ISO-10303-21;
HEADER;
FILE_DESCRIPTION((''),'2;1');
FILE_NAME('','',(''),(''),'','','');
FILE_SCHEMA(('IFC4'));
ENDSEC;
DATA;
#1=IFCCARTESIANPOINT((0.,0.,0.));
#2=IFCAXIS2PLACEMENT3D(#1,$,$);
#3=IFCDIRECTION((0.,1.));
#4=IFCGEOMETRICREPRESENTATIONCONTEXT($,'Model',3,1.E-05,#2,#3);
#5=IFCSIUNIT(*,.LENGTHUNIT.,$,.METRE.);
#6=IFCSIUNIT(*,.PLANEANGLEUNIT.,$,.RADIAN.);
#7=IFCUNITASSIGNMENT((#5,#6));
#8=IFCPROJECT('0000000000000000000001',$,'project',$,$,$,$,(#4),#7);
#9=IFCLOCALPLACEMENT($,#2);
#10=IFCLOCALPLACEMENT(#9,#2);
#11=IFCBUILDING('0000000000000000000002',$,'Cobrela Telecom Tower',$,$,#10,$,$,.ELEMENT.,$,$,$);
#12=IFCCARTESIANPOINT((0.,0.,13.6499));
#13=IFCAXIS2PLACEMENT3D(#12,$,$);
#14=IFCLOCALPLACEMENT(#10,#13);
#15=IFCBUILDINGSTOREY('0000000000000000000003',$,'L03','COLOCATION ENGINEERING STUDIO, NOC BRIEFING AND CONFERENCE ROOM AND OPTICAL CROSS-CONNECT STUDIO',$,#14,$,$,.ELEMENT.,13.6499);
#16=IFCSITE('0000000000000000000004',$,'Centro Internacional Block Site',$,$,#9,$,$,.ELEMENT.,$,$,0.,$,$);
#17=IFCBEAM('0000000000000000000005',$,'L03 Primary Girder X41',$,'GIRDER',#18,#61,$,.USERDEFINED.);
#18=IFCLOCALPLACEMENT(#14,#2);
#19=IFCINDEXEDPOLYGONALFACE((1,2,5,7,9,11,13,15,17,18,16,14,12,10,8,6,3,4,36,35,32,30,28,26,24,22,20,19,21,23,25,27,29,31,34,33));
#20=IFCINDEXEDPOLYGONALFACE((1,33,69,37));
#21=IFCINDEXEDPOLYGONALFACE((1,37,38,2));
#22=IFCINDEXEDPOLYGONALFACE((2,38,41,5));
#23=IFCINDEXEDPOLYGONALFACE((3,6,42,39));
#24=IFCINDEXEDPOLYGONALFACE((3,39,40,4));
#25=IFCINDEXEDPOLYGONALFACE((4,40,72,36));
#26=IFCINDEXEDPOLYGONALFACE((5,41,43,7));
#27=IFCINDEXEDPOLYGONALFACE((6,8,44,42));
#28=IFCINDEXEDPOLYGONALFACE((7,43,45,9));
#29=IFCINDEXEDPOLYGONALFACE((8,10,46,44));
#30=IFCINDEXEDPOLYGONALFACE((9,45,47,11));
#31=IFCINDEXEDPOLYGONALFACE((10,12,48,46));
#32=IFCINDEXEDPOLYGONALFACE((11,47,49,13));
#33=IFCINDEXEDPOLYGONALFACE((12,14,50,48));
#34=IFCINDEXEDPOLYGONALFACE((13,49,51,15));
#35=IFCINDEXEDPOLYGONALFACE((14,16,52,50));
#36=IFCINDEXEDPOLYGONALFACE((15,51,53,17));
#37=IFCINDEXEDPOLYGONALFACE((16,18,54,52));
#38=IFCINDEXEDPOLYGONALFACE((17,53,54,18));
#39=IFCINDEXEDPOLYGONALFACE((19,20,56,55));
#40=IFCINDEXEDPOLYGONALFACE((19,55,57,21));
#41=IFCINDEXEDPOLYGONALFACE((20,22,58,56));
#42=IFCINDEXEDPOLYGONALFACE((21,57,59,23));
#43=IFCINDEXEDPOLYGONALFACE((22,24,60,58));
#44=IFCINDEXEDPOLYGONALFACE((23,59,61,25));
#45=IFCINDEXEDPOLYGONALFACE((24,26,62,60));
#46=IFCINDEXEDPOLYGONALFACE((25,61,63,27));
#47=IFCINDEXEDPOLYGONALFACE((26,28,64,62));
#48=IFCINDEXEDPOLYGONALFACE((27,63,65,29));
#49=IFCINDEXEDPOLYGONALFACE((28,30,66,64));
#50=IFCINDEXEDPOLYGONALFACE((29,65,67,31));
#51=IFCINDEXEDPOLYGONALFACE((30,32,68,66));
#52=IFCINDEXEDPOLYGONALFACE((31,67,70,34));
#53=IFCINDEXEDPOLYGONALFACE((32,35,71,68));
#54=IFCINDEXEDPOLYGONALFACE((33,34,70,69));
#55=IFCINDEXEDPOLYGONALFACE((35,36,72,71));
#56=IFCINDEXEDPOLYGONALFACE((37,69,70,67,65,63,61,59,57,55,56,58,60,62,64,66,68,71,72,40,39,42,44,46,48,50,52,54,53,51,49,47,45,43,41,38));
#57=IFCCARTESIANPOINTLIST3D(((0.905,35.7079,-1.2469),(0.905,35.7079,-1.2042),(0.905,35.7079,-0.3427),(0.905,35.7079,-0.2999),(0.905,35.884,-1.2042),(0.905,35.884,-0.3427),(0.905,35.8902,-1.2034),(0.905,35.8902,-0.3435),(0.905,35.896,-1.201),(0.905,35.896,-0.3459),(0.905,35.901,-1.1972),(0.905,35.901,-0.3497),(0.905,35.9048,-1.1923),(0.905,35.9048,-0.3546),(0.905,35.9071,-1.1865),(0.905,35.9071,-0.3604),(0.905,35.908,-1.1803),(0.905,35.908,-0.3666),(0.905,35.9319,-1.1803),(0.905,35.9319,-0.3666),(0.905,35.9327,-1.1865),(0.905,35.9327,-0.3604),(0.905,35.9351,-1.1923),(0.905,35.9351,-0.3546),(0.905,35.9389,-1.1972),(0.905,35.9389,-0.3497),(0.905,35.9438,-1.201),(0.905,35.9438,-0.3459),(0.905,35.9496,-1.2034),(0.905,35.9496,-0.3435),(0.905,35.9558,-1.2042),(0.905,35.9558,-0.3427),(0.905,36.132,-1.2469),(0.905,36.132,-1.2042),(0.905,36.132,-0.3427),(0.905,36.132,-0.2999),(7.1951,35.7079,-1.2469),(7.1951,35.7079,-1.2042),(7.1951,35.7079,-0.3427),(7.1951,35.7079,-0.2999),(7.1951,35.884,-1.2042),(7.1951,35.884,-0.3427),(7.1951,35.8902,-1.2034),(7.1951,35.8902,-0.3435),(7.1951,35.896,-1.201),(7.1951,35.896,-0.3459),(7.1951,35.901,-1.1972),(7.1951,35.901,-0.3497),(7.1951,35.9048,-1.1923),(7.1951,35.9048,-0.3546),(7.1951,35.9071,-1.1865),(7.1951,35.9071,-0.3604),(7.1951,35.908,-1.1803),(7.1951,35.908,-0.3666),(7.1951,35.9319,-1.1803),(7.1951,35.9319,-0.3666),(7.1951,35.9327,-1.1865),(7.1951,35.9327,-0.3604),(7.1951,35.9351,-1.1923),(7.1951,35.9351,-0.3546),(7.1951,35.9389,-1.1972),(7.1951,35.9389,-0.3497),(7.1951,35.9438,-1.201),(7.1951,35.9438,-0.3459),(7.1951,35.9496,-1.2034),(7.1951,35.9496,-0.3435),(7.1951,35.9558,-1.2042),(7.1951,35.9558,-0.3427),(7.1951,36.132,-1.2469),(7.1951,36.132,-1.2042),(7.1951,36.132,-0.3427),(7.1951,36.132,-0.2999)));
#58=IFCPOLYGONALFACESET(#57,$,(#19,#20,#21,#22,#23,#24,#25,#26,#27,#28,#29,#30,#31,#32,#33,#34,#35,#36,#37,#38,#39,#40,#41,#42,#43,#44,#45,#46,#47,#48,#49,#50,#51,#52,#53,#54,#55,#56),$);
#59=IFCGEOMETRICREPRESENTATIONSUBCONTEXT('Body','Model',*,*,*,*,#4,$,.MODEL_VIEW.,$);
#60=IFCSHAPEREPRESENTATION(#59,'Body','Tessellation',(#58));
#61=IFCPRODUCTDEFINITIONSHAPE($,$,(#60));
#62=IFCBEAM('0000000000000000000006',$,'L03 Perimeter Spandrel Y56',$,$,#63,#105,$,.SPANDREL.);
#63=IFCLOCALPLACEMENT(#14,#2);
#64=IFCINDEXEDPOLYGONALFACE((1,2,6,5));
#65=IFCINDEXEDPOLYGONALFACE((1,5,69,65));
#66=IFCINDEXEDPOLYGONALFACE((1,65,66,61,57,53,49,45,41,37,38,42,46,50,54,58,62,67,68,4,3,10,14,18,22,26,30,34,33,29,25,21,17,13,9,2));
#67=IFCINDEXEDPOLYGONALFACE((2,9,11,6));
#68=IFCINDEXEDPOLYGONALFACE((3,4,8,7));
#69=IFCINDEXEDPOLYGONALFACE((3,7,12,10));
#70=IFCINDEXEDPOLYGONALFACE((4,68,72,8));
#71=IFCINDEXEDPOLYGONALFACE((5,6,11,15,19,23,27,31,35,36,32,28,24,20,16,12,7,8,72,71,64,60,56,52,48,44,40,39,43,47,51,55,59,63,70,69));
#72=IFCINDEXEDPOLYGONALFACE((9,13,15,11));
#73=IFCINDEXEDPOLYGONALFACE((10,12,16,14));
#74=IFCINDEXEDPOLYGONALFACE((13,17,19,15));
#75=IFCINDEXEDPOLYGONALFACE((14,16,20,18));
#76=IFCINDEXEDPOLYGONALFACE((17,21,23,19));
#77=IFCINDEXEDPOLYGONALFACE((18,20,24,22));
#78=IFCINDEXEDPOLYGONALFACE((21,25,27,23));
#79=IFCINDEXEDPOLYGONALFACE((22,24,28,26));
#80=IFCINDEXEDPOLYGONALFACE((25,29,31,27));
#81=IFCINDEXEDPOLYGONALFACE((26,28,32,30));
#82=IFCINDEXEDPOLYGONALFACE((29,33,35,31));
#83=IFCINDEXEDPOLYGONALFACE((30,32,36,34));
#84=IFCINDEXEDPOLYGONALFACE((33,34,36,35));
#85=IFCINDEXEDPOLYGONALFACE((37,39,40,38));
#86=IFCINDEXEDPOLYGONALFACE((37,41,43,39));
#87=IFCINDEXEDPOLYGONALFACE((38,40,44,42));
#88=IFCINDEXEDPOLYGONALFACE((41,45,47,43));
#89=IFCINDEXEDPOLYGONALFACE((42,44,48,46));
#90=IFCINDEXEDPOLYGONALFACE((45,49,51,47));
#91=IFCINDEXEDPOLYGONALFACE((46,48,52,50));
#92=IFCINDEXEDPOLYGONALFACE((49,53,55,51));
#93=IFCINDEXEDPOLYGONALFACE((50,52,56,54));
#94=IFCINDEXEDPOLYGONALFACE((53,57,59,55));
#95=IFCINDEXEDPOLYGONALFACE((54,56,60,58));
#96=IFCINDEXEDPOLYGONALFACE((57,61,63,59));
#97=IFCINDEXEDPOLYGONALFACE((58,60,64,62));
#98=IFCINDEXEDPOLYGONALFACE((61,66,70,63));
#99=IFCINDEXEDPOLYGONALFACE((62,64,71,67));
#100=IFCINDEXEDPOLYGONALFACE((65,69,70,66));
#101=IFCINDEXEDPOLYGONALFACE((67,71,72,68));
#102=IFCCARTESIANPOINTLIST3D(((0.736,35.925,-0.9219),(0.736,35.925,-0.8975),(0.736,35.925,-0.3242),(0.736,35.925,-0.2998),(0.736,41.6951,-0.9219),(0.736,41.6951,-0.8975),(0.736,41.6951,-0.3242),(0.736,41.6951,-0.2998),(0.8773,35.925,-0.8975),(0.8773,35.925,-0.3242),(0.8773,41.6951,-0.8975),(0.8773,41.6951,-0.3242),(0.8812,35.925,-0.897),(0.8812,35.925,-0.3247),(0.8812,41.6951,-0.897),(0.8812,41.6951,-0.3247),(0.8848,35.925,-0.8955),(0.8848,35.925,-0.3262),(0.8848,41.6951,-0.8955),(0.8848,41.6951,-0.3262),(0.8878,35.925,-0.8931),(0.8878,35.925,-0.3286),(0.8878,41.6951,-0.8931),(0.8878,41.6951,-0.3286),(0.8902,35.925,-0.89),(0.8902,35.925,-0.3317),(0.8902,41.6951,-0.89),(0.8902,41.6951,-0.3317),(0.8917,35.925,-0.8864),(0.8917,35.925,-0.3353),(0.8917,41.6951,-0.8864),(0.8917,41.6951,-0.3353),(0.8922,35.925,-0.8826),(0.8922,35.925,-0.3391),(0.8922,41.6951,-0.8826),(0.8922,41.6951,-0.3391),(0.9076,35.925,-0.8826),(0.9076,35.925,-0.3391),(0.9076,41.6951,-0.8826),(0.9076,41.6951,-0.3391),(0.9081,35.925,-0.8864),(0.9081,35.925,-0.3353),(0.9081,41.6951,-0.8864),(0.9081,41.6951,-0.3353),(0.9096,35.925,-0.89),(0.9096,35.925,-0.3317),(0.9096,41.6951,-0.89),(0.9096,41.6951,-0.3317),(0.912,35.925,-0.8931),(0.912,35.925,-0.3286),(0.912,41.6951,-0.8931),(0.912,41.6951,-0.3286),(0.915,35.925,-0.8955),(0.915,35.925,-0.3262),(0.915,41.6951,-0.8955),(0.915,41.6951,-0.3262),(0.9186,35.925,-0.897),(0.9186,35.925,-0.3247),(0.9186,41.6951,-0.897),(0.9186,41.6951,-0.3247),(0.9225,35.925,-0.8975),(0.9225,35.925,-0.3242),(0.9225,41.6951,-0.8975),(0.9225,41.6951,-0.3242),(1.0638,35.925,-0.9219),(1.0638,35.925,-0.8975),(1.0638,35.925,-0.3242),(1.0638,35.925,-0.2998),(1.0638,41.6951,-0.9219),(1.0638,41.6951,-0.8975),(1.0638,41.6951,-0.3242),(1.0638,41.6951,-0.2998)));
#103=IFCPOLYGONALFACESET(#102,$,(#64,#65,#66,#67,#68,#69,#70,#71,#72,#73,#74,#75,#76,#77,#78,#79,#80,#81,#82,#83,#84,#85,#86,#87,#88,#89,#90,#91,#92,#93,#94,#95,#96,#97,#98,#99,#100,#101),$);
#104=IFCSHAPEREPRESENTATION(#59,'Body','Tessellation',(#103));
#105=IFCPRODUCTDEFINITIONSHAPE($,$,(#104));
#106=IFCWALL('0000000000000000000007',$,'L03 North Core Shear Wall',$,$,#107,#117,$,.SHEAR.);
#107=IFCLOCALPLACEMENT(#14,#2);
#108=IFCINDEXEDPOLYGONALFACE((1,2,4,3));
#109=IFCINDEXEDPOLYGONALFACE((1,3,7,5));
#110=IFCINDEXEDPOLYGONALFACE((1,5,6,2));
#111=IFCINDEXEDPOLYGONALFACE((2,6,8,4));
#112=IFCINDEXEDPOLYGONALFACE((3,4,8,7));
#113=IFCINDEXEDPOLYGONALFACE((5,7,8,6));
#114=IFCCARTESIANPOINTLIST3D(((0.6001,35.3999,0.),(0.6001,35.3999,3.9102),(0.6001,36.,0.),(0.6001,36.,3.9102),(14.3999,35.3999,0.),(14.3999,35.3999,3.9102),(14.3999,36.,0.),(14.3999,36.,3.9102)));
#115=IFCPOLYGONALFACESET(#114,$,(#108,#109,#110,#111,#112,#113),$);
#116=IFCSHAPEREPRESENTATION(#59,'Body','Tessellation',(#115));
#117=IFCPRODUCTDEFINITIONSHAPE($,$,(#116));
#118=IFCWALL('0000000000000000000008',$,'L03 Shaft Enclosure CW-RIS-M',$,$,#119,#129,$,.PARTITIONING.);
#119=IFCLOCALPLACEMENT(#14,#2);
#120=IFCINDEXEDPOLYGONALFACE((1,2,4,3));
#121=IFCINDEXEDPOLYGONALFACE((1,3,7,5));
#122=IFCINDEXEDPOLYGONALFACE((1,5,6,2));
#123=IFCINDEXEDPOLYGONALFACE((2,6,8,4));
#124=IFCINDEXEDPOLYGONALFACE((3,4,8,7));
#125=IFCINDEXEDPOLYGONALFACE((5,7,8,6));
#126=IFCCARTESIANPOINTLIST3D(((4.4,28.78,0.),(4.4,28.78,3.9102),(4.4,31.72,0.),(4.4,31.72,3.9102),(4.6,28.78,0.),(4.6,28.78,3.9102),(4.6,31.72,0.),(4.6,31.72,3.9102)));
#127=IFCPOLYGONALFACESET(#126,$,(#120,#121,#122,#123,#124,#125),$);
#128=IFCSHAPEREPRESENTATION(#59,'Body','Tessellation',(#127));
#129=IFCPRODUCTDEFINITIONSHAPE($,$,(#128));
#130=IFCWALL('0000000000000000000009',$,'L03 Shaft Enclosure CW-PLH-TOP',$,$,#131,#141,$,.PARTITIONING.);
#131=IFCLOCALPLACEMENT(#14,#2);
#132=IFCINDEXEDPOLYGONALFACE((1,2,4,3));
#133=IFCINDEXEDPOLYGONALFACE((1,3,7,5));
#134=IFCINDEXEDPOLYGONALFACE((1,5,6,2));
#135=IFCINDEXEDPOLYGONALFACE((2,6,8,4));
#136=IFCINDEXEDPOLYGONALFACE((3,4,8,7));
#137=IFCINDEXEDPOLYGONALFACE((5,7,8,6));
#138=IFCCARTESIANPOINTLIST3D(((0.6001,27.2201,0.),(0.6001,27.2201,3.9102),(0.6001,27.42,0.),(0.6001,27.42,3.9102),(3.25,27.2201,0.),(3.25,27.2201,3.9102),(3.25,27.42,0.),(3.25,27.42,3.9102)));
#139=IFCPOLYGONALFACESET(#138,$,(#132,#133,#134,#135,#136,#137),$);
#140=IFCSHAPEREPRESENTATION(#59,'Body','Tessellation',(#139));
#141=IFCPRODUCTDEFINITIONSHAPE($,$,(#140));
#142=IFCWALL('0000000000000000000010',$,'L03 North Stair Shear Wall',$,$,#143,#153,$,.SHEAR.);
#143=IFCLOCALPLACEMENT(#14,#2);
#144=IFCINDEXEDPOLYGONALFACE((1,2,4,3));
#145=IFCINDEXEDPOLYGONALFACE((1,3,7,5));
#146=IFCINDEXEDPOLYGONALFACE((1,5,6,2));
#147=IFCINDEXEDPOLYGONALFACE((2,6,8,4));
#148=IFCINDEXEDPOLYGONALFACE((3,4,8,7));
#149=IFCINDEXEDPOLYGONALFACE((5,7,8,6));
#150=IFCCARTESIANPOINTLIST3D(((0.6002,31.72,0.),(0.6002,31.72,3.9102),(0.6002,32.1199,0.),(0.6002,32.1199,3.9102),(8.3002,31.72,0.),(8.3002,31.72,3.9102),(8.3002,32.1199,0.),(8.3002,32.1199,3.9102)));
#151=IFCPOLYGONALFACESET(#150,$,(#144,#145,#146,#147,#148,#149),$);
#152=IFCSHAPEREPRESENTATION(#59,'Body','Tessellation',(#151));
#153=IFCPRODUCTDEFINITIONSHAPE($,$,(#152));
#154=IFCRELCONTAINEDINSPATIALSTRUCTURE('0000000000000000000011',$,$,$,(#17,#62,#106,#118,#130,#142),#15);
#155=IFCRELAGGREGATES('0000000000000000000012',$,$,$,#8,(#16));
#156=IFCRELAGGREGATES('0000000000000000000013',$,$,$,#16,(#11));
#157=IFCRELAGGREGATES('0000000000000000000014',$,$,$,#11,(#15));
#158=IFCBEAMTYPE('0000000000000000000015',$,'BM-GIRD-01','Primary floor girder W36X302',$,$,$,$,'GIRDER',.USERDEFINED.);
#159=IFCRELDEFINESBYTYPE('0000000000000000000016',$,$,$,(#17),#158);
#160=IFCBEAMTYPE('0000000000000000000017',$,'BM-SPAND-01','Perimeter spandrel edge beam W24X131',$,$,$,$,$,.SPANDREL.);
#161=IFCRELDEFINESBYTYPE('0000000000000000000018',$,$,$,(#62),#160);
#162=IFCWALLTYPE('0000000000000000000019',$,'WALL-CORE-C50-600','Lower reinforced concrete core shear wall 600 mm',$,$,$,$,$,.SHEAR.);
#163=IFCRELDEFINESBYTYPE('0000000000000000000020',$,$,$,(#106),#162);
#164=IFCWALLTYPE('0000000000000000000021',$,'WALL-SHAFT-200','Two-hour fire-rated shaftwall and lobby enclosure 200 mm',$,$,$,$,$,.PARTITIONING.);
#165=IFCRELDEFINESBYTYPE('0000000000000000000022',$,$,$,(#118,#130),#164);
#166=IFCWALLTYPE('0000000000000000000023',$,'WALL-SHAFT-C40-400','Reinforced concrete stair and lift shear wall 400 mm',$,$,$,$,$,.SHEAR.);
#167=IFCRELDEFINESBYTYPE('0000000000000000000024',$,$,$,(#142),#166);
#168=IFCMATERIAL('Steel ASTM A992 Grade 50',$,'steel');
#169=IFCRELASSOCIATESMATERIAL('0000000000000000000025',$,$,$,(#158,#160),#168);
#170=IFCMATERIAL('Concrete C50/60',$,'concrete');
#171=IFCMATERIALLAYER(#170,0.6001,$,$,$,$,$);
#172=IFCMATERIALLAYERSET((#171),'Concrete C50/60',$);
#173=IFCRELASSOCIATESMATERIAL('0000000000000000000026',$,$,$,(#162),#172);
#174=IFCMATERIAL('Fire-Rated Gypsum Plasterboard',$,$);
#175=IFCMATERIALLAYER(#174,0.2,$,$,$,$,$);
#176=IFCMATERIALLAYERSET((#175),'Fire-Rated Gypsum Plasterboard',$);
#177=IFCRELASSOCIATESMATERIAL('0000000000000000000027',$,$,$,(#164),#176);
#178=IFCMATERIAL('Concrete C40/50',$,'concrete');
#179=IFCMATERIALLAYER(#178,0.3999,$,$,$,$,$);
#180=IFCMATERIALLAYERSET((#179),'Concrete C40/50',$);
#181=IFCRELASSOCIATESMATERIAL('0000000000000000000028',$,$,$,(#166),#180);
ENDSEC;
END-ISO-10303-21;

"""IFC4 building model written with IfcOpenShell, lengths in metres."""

from ifc_helpers import new_model, si_unit, direction, frame, frame_2d, origin, origin_2d, place, context, subcontext, project, spatial, rectangle, i_section, extrude, material, layer, layer_set, material_profile, profile_set, type_object, element, save


model = new_model("IFC4")

# Units and contexts
model_context = context("Model", 3, precision=1e-05, world=origin(), true_north=direction((0.0, 1.0)))
body_context = subcontext(model_context, "Body", "Model", "MODEL_VIEW")
ifc_project = project(units=[si_unit("LENGTHUNIT", "METRE"), si_unit("PLANEANGLEUNIT", "RADIAN")], contexts=[model_context])

# Site, building, storey
site_placement = place(None, origin())
site = spatial("IfcSite", under=ifc_project, at=site_placement, Name="Centro Internacional Block Site", CompositionType="ELEMENT", RefElevation=0.0)
building_placement = place(site_placement, origin())
building = spatial("IfcBuilding", under=site, at=building_placement, Name="Cobrela Telecom Tower", CompositionType="ELEMENT")
storey_placement = place(building_placement, frame((0.0, 0.0, 13.6499)))
storey = spatial("IfcBuildingStorey", under=building, at=storey_placement, Name="L03", Description="COLOCATION ENGINEERING STUDIO, NOC BRIEFING AND CONFERENCE ROOM AND OPTICAL CROSS-CONNECT STUDIO", CompositionType="ELEMENT", Elevation=13.6499)

# Beams
ifc_material_1 = material(Name="Steel ASTM A992 Grade 50", Category="steel")
ifc_material_profile_1 = material_profile(ifc_material_1, i_section(OverallWidth=0.4241, OverallDepth=0.947, WebThickness=0.0239, FlangeThickness=0.0427, FilletRadius=0.0239, at=origin_2d()), Name="W36X302")
ifc_profile_set_1 = profile_set([ifc_material_profile_1], Name="Steel ASTM A992 Grade 50")
beam_type_1 = type_object("IfcBeamType", Name="BM-GIRD-01", Description="Primary floor girder W36X302", ElementType="GIRDER", PredefinedType="USERDEFINED", material=ifc_profile_set_1)
beam_1_placement = place(storey_placement, frame((0.905, 35.9199, -0.7734), z_axis=(1.0, 0.0, 0.0), x_axis=(0.0, 1.0, 0.0)))
element("IfcBeam", 1, at=beam_1_placement, inside=storey, type_object=beam_type_1, Name="L03 Primary Girder X41", ObjectType="GIRDER", PredefinedType="USERDEFINED", context=body_context, shape_type="SweptSolid", body=[
    extrude(i_section(OverallWidth=0.4241, OverallDepth=0.947, WebThickness=0.0239, FlangeThickness=0.0427, FilletRadius=0.0239, at=origin_2d()), origin(), (0.0, 0.0, 1.0), 6.29),
])
ifc_material_profile_2 = material_profile(ifc_material_1, i_section(OverallWidth=0.3279, OverallDepth=0.6221, WebThickness=0.0154, FlangeThickness=0.0244, FilletRadius=0.0149, at=origin_2d()), Name="W24X131")
ifc_profile_set_2 = profile_set([ifc_material_profile_2], Name="Steel ASTM A992 Grade 50")
beam_type_2 = type_object("IfcBeamType", Name="BM-SPAND-01", Description="Perimeter spandrel edge beam W24X131", PredefinedType="SPANDREL", material=ifc_profile_set_2)
beam_2_placement = place(storey_placement, frame((0.8999, 35.925, -0.6108), z_axis=(0.0, 1.0, 0.0), x_axis=(-1.0, 0.0, 0.0)))
element("IfcBeam", 2, at=beam_2_placement, inside=storey, type_object=beam_type_2, Name="L03 Perimeter Spandrel Y56", PredefinedType="SPANDREL", context=body_context, shape_type="SweptSolid", body=[
    extrude(i_section(OverallWidth=0.3279, OverallDepth=0.6221, WebThickness=0.0154, FlangeThickness=0.0244, FilletRadius=0.0149, at=origin_2d()), origin(), (0.0, 0.0, 1.0), 5.77),
])

# Wall
ifc_material_2 = material(Name="Concrete C50/60", Category="concrete")
ifc_layer_1 = layer(ifc_material_2, 0.6001)
ifc_layer_set_1 = layer_set([ifc_layer_1], Name="Concrete C50/60")
wall_type_1 = type_object("IfcWallType", Name="WALL-CORE-C50-600", Description="Lower reinforced concrete core shear wall 600 mm", PredefinedType="SHEAR", material=ifc_layer_set_1)
wall_1_placement = place(storey_placement, frame((0.6001, 35.7, 0.0), z_axis=(0.0, 0.0, 1.0), x_axis=(1.0, 0.0, 0.0)))
element("IfcWall", 3, at=wall_1_placement, inside=storey, type_object=wall_type_1, Name="L03 North Core Shear Wall", PredefinedType="SHEAR", context=body_context, shape_type="SweptSolid", body=[
    extrude(rectangle(XDim=13.7998, YDim=0.6001, at=frame_2d((6.8999, 0.0))), origin(), (0.0, 0.0, 1.0), 3.9102),
])

# Shared definitions
ifc_material_3 = material(Name="Fire-Rated Gypsum Plasterboard")
ifc_layer_2 = layer(ifc_material_3, 0.2)
ifc_layer_set_2 = layer_set([ifc_layer_2], Name="Fire-Rated Gypsum Plasterboard")
wall_type_2 = type_object("IfcWallType", Name="WALL-SHAFT-200", Description="Two-hour fire-rated shaftwall and lobby enclosure 200 mm", PredefinedType="PARTITIONING", material=ifc_layer_set_2)

# Walls
wall_2_placement = place(storey_placement, frame((4.5, 28.78, 0.0), z_axis=(0.0, 0.0, 1.0), x_axis=(0.0, 1.0, 0.0)))
element("IfcWall", 4, at=wall_2_placement, inside=storey, type_object=wall_type_2, Name="L03 Shaft Enclosure CW-RIS-M", PredefinedType="PARTITIONING", context=body_context, shape_type="SweptSolid", body=[
    extrude(rectangle(XDim=2.9399, YDim=0.2, at=frame_2d((1.47, 0.0))), origin(), (0.0, 0.0, 1.0), 3.9102),
])
wall_3_placement = place(storey_placement, frame((0.6001, 27.3201, 0.0), z_axis=(0.0, 0.0, 1.0), x_axis=(1.0, 0.0, 0.0)))
element("IfcWall", 5, at=wall_3_placement, inside=storey, type_object=wall_type_2, Name="L03 Shaft Enclosure CW-PLH-TOP", PredefinedType="PARTITIONING", context=body_context, shape_type="SweptSolid", body=[
    extrude(rectangle(XDim=2.6499, YDim=0.2, at=frame_2d((1.325, 0.0))), origin(), (0.0, 0.0, 1.0), 3.9102),
])
ifc_material_4 = material(Name="Concrete C40/50", Category="concrete")
ifc_layer_3 = layer(ifc_material_4, 0.3999)
ifc_layer_set_3 = layer_set([ifc_layer_3], Name="Concrete C40/50")
wall_type_3 = type_object("IfcWallType", Name="WALL-SHAFT-C40-400", Description="Reinforced concrete stair and lift shear wall 400 mm", PredefinedType="SHEAR", material=ifc_layer_set_3)
wall_4_placement = place(storey_placement, frame((0.6001, 31.9199, 0.0), z_axis=(0.0, 0.0, 1.0), x_axis=(1.0, 0.0, 0.0)))
element("IfcWall", 6, at=wall_4_placement, inside=storey, type_object=wall_type_3, Name="L03 North Stair Shear Wall", PredefinedType="SHEAR", context=body_context, shape_type="SweptSolid", body=[
    extrude(rectangle(XDim=7.7, YDim=0.3999, at=frame_2d((3.8501, 0.0))), origin(), (0.0, 0.0, 1.0), 3.9102),
])

save(model, "model.ifc")
